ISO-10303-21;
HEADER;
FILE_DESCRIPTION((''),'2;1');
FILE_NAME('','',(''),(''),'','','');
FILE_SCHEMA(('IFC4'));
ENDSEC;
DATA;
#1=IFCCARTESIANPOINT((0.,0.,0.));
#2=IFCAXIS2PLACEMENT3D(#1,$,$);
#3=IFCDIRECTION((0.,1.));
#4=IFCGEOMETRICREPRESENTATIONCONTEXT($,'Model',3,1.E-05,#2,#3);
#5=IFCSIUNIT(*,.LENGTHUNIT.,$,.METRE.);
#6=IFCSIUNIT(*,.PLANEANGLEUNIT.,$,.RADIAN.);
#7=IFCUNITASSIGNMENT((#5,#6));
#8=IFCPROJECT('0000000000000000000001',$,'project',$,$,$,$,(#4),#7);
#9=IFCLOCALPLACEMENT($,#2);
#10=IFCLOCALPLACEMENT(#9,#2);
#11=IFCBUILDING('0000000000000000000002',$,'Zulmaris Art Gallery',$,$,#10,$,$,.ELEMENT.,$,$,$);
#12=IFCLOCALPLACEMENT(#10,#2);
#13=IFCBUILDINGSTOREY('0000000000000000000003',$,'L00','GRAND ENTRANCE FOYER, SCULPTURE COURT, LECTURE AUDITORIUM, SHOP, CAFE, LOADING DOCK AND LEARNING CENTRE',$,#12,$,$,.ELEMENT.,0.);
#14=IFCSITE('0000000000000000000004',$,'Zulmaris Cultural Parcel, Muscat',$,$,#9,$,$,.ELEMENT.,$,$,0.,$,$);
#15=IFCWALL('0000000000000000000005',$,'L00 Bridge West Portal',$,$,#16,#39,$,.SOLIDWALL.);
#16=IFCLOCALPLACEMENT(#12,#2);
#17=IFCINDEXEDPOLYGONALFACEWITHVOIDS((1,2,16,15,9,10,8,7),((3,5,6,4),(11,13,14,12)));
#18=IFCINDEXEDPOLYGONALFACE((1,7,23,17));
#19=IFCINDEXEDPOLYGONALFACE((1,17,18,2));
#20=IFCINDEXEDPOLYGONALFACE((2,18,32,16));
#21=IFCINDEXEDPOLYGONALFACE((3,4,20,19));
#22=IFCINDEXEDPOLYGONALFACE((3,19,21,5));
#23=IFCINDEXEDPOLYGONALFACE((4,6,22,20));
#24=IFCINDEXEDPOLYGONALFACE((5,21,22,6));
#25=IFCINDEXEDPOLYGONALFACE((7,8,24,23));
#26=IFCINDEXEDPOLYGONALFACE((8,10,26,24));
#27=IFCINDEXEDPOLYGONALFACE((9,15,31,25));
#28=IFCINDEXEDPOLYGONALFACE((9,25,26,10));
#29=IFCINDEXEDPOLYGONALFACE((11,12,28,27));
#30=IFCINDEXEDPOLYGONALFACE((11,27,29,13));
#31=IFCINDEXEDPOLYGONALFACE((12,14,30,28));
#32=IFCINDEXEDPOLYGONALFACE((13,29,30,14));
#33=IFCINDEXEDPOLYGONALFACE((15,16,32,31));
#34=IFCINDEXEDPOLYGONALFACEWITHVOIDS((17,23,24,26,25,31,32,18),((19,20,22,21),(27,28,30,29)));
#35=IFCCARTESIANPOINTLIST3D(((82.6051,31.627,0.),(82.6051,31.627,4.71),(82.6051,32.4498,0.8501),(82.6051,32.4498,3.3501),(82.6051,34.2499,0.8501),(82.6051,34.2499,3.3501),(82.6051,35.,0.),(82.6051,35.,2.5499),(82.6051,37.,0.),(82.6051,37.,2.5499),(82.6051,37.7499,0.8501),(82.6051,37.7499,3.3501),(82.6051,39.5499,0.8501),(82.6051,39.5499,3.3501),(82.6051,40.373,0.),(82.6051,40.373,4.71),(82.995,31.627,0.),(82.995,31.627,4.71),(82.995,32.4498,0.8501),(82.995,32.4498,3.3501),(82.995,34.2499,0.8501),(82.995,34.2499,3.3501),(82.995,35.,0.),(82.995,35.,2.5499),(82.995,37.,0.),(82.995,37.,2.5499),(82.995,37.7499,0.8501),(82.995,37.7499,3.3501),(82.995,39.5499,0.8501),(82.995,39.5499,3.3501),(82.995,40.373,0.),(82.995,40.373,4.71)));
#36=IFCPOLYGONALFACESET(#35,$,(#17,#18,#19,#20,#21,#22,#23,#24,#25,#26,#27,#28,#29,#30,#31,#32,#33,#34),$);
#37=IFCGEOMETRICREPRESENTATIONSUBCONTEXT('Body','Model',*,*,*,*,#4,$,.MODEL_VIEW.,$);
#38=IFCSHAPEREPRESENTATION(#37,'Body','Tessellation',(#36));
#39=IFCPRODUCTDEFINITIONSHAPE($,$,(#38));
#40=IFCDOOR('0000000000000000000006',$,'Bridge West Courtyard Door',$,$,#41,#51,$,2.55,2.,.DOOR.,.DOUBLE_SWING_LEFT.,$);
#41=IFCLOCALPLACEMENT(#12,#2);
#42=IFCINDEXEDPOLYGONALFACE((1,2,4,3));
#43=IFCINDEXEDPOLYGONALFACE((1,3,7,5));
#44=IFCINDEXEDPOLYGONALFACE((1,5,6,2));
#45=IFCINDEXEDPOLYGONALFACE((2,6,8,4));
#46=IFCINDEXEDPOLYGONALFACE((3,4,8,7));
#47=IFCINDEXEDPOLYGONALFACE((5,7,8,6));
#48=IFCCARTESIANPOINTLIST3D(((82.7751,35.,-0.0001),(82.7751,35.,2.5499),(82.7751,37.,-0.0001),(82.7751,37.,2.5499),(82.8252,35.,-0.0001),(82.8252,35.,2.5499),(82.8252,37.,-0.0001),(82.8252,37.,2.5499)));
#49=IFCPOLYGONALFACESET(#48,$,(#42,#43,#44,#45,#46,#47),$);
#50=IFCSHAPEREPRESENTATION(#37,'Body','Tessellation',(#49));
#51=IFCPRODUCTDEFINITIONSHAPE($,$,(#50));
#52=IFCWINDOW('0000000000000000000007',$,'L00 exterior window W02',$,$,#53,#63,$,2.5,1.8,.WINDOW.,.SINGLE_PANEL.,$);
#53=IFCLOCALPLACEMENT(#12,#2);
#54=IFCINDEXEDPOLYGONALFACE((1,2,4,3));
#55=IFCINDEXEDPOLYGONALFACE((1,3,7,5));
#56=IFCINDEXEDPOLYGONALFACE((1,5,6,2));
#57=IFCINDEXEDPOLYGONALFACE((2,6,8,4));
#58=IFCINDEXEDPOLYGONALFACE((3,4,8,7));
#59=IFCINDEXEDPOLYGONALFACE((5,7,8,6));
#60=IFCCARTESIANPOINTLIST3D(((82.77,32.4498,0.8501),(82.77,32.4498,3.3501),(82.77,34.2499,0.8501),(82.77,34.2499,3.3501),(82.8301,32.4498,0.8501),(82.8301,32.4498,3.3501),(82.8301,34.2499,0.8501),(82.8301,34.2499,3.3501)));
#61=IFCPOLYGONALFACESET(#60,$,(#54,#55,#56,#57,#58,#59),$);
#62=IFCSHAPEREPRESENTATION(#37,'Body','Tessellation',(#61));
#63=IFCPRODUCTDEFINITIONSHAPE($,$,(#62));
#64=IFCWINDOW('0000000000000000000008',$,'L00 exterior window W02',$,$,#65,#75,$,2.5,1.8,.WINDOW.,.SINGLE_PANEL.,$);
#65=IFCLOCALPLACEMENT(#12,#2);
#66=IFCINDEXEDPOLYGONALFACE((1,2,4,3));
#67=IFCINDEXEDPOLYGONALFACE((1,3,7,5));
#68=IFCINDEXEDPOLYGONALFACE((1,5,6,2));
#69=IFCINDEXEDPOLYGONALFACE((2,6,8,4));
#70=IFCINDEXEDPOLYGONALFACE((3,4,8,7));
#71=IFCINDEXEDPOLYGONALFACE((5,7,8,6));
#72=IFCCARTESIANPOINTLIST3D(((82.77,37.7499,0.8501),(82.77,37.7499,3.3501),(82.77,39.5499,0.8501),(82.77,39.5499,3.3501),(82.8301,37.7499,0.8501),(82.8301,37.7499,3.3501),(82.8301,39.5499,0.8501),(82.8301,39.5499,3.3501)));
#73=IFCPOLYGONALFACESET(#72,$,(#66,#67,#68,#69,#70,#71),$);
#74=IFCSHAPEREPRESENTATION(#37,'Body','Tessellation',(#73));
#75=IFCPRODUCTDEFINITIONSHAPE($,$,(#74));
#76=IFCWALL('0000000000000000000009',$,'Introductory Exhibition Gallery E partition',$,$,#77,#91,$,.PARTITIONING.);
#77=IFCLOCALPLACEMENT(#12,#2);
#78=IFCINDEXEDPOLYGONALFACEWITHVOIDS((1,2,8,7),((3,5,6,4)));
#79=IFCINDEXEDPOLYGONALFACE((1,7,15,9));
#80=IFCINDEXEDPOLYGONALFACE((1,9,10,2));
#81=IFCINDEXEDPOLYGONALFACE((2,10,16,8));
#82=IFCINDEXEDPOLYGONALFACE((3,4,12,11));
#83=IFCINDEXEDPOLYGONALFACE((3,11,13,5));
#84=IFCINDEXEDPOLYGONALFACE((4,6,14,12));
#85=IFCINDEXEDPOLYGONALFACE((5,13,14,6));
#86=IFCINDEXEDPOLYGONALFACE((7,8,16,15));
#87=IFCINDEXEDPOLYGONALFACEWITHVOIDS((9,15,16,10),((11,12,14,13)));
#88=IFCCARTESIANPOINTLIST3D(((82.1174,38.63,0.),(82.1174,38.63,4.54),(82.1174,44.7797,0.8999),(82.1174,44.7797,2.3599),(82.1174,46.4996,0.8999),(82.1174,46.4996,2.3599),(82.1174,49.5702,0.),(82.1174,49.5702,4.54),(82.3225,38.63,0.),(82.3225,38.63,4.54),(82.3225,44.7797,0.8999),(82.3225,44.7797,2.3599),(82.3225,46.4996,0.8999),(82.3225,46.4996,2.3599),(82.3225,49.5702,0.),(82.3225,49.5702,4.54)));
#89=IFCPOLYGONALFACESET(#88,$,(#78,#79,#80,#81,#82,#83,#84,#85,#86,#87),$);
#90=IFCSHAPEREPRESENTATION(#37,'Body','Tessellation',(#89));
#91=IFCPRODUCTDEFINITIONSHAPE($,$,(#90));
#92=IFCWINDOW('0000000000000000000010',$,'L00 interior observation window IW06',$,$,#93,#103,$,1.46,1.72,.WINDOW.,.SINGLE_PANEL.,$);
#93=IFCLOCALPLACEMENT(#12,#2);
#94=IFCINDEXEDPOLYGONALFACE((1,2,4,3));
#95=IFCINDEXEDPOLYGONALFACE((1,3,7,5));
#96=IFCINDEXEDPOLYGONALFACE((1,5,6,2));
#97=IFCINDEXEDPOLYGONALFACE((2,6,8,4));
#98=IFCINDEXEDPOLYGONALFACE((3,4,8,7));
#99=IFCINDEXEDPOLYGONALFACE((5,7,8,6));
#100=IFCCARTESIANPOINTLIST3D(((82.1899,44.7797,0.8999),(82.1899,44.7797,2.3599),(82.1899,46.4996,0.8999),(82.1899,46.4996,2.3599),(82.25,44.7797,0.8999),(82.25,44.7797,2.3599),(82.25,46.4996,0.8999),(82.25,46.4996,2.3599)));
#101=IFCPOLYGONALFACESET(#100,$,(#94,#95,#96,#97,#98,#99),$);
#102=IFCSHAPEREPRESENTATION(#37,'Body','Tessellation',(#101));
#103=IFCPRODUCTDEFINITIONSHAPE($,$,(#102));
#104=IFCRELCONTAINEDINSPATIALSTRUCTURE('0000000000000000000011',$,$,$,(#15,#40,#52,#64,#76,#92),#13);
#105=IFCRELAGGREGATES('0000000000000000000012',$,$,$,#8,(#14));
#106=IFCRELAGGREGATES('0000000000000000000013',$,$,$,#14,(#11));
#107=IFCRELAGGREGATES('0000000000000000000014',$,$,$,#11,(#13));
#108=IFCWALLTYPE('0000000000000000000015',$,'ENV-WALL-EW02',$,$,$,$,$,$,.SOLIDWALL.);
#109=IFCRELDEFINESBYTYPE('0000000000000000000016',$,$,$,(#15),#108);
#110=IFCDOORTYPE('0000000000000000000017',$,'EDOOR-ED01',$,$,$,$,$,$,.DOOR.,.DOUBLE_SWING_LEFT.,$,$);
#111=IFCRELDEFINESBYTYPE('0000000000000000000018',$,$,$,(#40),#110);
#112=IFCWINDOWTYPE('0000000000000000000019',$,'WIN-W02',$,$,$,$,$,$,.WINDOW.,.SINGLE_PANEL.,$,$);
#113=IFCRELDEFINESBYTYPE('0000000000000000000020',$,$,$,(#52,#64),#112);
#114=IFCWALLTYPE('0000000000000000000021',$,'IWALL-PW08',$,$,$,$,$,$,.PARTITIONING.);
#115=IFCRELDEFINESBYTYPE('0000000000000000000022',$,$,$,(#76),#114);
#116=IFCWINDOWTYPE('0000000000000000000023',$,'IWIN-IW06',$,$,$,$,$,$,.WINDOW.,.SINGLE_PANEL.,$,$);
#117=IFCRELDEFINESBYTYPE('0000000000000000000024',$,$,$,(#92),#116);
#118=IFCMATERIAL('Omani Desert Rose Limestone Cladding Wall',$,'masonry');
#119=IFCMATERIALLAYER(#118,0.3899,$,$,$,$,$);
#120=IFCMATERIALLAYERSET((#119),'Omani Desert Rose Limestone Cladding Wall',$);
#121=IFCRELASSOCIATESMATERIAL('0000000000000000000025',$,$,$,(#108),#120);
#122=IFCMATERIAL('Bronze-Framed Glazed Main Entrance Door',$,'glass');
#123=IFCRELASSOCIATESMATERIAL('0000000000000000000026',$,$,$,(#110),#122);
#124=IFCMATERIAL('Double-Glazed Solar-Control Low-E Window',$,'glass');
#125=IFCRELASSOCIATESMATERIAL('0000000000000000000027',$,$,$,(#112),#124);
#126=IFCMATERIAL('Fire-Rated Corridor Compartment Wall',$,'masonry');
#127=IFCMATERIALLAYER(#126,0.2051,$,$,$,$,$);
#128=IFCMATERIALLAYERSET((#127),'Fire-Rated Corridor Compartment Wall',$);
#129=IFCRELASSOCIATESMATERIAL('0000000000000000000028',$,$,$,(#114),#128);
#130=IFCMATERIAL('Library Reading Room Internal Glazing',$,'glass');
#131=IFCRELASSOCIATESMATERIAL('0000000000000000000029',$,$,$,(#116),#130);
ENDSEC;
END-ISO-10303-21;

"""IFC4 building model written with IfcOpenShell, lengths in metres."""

from ifc_helpers import new_model, si_unit, direction, frame, frame_2d, origin, place, context, subcontext, project, spatial, rectangle, extrude, material, layer, layer_set, type_object, element, fill, save


model = new_model("IFC4")

# Units and contexts
model_context = context("Model", 3, precision=1e-05, world=origin(), true_north=direction((0.0, 1.0)))
body_context = subcontext(model_context, "Body", "Model", "MODEL_VIEW")
ifc_project = project(units=[si_unit("LENGTHUNIT", "METRE"), si_unit("PLANEANGLEUNIT", "RADIAN")], contexts=[model_context])

# Site, building, storey
site_placement = place(None, origin())
site = spatial("IfcSite", under=ifc_project, at=site_placement, Name="Zulmaris Cultural Parcel, Muscat", CompositionType="ELEMENT", RefElevation=0.0)
building_placement = place(site_placement, origin())
building = spatial("IfcBuilding", under=site, at=building_placement, Name="Zulmaris Art Gallery", CompositionType="ELEMENT")
storey_placement = place(building_placement, origin())
storey = spatial("IfcBuildingStorey", under=building, at=storey_placement, Name="L00", Description="GRAND ENTRANCE FOYER, SCULPTURE COURT, LECTURE AUDITORIUM, SHOP, CAFE, LOADING DOCK AND LEARNING CENTRE", CompositionType="ELEMENT", Elevation=0.0)

# Wall, openings, door, windows
ifc_material_1 = material(Name="Omani Desert Rose Limestone Cladding Wall", Category="masonry")
ifc_layer_1 = layer(ifc_material_1, 0.3899)
ifc_layer_set_1 = layer_set([ifc_layer_1], Name="Omani Desert Rose Limestone Cladding Wall")
wall_type_1 = type_object("IfcWallType", Name="ENV-WALL-EW02", PredefinedType="SOLIDWALL", material=ifc_layer_set_1)
wall_1_placement = place(storey_placement, frame((82.8, 31.627, 0.0), z_axis=(0.0, 0.0, 1.0), x_axis=(0.0, 1.0, 0.0)))
wall_1 = element("IfcWall", 1, at=wall_1_placement, inside=storey, type_object=wall_type_1, Name="L00 Bridge West Portal", PredefinedType="SOLIDWALL", context=body_context, shape_type="SweptSolid", body=[
    extrude(rectangle(XDim=8.7461, YDim=0.3899, at=frame_2d((4.373, 0.0))), origin(), (0.0, 0.0, 1.0), 4.71),
])
opening_1_placement = place(wall_1_placement, frame((0.823, 0.0, 0.8501)))
opening_1 = element("IfcOpeningElement", 2, at=opening_1_placement, cuts=wall_1, PredefinedType="OPENING", context=body_context, shape_type="SweptSolid", body=[
    extrude(rectangle(XDim=1.8, YDim=2.5, at=frame_2d((0.8999, 1.25))), frame((0.0, 0.2048, 0.0), z_axis=(0.0, -1.0, 0.0), x_axis=(1.0, 0.0, 0.0)), (0.0, 0.0, 1.0), 0.4099),
])
opening_2_placement = place(wall_1_placement, frame((6.123, 0.0, 0.8501)))
opening_2 = element("IfcOpeningElement", 3, at=opening_2_placement, cuts=wall_1, PredefinedType="OPENING", context=body_context, shape_type="SweptSolid", body=[
    extrude(rectangle(XDim=1.8, YDim=2.5, at=frame_2d((0.8999, 1.25))), frame((0.0, 0.2048, 0.0), z_axis=(0.0, -1.0, 0.0), x_axis=(1.0, 0.0, 0.0)), (0.0, 0.0, 1.0), 0.4099),
])
opening_3_placement = place(wall_1_placement, frame((3.373, 0.0, 0.0)))
opening_3 = element("IfcOpeningElement", 4, at=opening_3_placement, cuts=wall_1, PredefinedType="OPENING", context=body_context, shape_type="SweptSolid", body=[
    extrude(rectangle(XDim=2.0, YDim=2.55, at=frame_2d((1.0, 1.2749))), frame((0.0, 0.2048, 0.0), z_axis=(0.0, -1.0, 0.0), x_axis=(1.0, 0.0, 0.0)), (0.0, 0.0, 1.0), 0.4099),
])
ifc_material_2 = material(Name="Bronze-Framed Glazed Main Entrance Door", Category="glass")
door_type = type_object("IfcDoorType", Name="EDOOR-ED01", OperationType="DOUBLE_SWING_LEFT", PredefinedType="DOOR", material=ifc_material_2)
door_placement = place(opening_3_placement, origin())
door = element("IfcDoor", 5, at=door_placement, inside=storey, type_object=door_type, Name="Bridge West Courtyard Door", OperationType="DOUBLE_SWING_LEFT", OverallHeight=2.55, OverallWidth=2.0, PredefinedType="DOOR", context=body_context, shape_type="SweptSolid", body=[
    extrude(rectangle(XDim=2.0, YDim=2.55, at=frame_2d((1.0, 1.2749))), frame((0.0, 0.0249, 0.0), z_axis=(0.0, -1.0, 0.0), x_axis=(1.0, 0.0, 0.0)), (0.0, 0.0, 1.0), 0.05),
])
fill(opening_3, door)
ifc_material_3 = material(Name="Double-Glazed Solar-Control Low-E Window", Category="glass")
window_type_1 = type_object("IfcWindowType", Name="WIN-W02", PartitioningType="SINGLE_PANEL", PredefinedType="WINDOW", material=ifc_material_3)
window_1_placement = place(opening_1_placement, origin())
window_1 = element("IfcWindow", 6, at=window_1_placement, inside=storey, type_object=window_type_1, Name="L00 exterior window W02", OverallHeight=2.5, OverallWidth=1.8, PartitioningType="SINGLE_PANEL", PredefinedType="WINDOW", context=body_context, shape_type="SweptSolid", body=[
    extrude(rectangle(XDim=1.8, YDim=2.5, at=frame_2d((0.8999, 1.25))), frame((0.0, 0.03, 0.0), z_axis=(0.0, -1.0, 0.0), x_axis=(1.0, 0.0, 0.0)), (0.0, 0.0, 1.0), 0.0601),
])
fill(opening_1, window_1)
window_2_placement = place(opening_2_placement, origin())
window_2 = element("IfcWindow", 7, at=window_2_placement, inside=storey, type_object=window_type_1, Name="L00 exterior window W02", OverallHeight=2.5, OverallWidth=1.8, PartitioningType="SINGLE_PANEL", PredefinedType="WINDOW", context=body_context, shape_type="SweptSolid", body=[
    extrude(rectangle(XDim=1.8, YDim=2.5, at=frame_2d((0.8999, 1.25))), frame((0.0, 0.03, 0.0), z_axis=(0.0, -1.0, 0.0), x_axis=(1.0, 0.0, 0.0)), (0.0, 0.0, 1.0), 0.0601),
])
fill(opening_2, window_2)

# Wall, opening, window
ifc_material_4 = material(Name="Fire-Rated Corridor Compartment Wall", Category="masonry")
ifc_layer_2 = layer(ifc_material_4, 0.2051)
ifc_layer_set_2 = layer_set([ifc_layer_2], Name="Fire-Rated Corridor Compartment Wall")
wall_type_2 = type_object("IfcWallType", Name="IWALL-PW08", PredefinedType="PARTITIONING", material=ifc_layer_set_2)
wall_2_placement = place(storey_placement, frame((82.22, 38.6299, 0.0), z_axis=(0.0, 0.0, 1.0), x_axis=(0.0, 1.0, 0.0)))
wall_2 = element("IfcWall", 8, at=wall_2_placement, inside=storey, type_object=wall_type_2, Name="Introductory Exhibition Gallery E partition", PredefinedType="PARTITIONING", context=body_context, shape_type="SweptSolid", body=[
    extrude(rectangle(XDim=10.9402, YDim=0.2051, at=frame_2d((5.4702, 0.0))), origin(), (0.0, 0.0, 1.0), 4.54),
])
opening_4_placement = place(wall_2_placement, frame((6.1499, 0.0, 0.8999)))
opening_4 = element("IfcOpeningElement", 9, at=opening_4_placement, cuts=wall_2, PredefinedType="OPENING", context=body_context, shape_type="SweptSolid", body=[
    extrude(rectangle(XDim=1.72, YDim=1.46, at=frame_2d((0.8599, 0.73))), frame((0.0, 0.1125, 0.0), z_axis=(0.0, -1.0, 0.0), x_axis=(1.0, 0.0, 0.0)), (0.0, 0.0, 1.0), 0.2251),
])
ifc_material_5 = material(Name="Library Reading Room Internal Glazing", Category="glass")
window_type_2 = type_object("IfcWindowType", Name="IWIN-IW06", PartitioningType="SINGLE_PANEL", PredefinedType="WINDOW", material=ifc_material_5)
window_3_placement = place(opening_4_placement, origin())
window_3 = element("IfcWindow", 10, at=window_3_placement, inside=storey, type_object=window_type_2, Name="L00 interior observation window IW06", OverallHeight=1.46, OverallWidth=1.72, PartitioningType="SINGLE_PANEL", PredefinedType="WINDOW", context=body_context, shape_type="SweptSolid", body=[
    extrude(rectangle(XDim=1.72, YDim=1.46, at=frame_2d((0.8599, 0.73))), frame((0.0, 0.03, 0.0), z_axis=(0.0, -1.0, 0.0), x_axis=(1.0, 0.0, 0.0)), (0.0, 0.0, 1.0), 0.0601),
])
fill(opening_4, window_3)

save(model, "model.ifc")
